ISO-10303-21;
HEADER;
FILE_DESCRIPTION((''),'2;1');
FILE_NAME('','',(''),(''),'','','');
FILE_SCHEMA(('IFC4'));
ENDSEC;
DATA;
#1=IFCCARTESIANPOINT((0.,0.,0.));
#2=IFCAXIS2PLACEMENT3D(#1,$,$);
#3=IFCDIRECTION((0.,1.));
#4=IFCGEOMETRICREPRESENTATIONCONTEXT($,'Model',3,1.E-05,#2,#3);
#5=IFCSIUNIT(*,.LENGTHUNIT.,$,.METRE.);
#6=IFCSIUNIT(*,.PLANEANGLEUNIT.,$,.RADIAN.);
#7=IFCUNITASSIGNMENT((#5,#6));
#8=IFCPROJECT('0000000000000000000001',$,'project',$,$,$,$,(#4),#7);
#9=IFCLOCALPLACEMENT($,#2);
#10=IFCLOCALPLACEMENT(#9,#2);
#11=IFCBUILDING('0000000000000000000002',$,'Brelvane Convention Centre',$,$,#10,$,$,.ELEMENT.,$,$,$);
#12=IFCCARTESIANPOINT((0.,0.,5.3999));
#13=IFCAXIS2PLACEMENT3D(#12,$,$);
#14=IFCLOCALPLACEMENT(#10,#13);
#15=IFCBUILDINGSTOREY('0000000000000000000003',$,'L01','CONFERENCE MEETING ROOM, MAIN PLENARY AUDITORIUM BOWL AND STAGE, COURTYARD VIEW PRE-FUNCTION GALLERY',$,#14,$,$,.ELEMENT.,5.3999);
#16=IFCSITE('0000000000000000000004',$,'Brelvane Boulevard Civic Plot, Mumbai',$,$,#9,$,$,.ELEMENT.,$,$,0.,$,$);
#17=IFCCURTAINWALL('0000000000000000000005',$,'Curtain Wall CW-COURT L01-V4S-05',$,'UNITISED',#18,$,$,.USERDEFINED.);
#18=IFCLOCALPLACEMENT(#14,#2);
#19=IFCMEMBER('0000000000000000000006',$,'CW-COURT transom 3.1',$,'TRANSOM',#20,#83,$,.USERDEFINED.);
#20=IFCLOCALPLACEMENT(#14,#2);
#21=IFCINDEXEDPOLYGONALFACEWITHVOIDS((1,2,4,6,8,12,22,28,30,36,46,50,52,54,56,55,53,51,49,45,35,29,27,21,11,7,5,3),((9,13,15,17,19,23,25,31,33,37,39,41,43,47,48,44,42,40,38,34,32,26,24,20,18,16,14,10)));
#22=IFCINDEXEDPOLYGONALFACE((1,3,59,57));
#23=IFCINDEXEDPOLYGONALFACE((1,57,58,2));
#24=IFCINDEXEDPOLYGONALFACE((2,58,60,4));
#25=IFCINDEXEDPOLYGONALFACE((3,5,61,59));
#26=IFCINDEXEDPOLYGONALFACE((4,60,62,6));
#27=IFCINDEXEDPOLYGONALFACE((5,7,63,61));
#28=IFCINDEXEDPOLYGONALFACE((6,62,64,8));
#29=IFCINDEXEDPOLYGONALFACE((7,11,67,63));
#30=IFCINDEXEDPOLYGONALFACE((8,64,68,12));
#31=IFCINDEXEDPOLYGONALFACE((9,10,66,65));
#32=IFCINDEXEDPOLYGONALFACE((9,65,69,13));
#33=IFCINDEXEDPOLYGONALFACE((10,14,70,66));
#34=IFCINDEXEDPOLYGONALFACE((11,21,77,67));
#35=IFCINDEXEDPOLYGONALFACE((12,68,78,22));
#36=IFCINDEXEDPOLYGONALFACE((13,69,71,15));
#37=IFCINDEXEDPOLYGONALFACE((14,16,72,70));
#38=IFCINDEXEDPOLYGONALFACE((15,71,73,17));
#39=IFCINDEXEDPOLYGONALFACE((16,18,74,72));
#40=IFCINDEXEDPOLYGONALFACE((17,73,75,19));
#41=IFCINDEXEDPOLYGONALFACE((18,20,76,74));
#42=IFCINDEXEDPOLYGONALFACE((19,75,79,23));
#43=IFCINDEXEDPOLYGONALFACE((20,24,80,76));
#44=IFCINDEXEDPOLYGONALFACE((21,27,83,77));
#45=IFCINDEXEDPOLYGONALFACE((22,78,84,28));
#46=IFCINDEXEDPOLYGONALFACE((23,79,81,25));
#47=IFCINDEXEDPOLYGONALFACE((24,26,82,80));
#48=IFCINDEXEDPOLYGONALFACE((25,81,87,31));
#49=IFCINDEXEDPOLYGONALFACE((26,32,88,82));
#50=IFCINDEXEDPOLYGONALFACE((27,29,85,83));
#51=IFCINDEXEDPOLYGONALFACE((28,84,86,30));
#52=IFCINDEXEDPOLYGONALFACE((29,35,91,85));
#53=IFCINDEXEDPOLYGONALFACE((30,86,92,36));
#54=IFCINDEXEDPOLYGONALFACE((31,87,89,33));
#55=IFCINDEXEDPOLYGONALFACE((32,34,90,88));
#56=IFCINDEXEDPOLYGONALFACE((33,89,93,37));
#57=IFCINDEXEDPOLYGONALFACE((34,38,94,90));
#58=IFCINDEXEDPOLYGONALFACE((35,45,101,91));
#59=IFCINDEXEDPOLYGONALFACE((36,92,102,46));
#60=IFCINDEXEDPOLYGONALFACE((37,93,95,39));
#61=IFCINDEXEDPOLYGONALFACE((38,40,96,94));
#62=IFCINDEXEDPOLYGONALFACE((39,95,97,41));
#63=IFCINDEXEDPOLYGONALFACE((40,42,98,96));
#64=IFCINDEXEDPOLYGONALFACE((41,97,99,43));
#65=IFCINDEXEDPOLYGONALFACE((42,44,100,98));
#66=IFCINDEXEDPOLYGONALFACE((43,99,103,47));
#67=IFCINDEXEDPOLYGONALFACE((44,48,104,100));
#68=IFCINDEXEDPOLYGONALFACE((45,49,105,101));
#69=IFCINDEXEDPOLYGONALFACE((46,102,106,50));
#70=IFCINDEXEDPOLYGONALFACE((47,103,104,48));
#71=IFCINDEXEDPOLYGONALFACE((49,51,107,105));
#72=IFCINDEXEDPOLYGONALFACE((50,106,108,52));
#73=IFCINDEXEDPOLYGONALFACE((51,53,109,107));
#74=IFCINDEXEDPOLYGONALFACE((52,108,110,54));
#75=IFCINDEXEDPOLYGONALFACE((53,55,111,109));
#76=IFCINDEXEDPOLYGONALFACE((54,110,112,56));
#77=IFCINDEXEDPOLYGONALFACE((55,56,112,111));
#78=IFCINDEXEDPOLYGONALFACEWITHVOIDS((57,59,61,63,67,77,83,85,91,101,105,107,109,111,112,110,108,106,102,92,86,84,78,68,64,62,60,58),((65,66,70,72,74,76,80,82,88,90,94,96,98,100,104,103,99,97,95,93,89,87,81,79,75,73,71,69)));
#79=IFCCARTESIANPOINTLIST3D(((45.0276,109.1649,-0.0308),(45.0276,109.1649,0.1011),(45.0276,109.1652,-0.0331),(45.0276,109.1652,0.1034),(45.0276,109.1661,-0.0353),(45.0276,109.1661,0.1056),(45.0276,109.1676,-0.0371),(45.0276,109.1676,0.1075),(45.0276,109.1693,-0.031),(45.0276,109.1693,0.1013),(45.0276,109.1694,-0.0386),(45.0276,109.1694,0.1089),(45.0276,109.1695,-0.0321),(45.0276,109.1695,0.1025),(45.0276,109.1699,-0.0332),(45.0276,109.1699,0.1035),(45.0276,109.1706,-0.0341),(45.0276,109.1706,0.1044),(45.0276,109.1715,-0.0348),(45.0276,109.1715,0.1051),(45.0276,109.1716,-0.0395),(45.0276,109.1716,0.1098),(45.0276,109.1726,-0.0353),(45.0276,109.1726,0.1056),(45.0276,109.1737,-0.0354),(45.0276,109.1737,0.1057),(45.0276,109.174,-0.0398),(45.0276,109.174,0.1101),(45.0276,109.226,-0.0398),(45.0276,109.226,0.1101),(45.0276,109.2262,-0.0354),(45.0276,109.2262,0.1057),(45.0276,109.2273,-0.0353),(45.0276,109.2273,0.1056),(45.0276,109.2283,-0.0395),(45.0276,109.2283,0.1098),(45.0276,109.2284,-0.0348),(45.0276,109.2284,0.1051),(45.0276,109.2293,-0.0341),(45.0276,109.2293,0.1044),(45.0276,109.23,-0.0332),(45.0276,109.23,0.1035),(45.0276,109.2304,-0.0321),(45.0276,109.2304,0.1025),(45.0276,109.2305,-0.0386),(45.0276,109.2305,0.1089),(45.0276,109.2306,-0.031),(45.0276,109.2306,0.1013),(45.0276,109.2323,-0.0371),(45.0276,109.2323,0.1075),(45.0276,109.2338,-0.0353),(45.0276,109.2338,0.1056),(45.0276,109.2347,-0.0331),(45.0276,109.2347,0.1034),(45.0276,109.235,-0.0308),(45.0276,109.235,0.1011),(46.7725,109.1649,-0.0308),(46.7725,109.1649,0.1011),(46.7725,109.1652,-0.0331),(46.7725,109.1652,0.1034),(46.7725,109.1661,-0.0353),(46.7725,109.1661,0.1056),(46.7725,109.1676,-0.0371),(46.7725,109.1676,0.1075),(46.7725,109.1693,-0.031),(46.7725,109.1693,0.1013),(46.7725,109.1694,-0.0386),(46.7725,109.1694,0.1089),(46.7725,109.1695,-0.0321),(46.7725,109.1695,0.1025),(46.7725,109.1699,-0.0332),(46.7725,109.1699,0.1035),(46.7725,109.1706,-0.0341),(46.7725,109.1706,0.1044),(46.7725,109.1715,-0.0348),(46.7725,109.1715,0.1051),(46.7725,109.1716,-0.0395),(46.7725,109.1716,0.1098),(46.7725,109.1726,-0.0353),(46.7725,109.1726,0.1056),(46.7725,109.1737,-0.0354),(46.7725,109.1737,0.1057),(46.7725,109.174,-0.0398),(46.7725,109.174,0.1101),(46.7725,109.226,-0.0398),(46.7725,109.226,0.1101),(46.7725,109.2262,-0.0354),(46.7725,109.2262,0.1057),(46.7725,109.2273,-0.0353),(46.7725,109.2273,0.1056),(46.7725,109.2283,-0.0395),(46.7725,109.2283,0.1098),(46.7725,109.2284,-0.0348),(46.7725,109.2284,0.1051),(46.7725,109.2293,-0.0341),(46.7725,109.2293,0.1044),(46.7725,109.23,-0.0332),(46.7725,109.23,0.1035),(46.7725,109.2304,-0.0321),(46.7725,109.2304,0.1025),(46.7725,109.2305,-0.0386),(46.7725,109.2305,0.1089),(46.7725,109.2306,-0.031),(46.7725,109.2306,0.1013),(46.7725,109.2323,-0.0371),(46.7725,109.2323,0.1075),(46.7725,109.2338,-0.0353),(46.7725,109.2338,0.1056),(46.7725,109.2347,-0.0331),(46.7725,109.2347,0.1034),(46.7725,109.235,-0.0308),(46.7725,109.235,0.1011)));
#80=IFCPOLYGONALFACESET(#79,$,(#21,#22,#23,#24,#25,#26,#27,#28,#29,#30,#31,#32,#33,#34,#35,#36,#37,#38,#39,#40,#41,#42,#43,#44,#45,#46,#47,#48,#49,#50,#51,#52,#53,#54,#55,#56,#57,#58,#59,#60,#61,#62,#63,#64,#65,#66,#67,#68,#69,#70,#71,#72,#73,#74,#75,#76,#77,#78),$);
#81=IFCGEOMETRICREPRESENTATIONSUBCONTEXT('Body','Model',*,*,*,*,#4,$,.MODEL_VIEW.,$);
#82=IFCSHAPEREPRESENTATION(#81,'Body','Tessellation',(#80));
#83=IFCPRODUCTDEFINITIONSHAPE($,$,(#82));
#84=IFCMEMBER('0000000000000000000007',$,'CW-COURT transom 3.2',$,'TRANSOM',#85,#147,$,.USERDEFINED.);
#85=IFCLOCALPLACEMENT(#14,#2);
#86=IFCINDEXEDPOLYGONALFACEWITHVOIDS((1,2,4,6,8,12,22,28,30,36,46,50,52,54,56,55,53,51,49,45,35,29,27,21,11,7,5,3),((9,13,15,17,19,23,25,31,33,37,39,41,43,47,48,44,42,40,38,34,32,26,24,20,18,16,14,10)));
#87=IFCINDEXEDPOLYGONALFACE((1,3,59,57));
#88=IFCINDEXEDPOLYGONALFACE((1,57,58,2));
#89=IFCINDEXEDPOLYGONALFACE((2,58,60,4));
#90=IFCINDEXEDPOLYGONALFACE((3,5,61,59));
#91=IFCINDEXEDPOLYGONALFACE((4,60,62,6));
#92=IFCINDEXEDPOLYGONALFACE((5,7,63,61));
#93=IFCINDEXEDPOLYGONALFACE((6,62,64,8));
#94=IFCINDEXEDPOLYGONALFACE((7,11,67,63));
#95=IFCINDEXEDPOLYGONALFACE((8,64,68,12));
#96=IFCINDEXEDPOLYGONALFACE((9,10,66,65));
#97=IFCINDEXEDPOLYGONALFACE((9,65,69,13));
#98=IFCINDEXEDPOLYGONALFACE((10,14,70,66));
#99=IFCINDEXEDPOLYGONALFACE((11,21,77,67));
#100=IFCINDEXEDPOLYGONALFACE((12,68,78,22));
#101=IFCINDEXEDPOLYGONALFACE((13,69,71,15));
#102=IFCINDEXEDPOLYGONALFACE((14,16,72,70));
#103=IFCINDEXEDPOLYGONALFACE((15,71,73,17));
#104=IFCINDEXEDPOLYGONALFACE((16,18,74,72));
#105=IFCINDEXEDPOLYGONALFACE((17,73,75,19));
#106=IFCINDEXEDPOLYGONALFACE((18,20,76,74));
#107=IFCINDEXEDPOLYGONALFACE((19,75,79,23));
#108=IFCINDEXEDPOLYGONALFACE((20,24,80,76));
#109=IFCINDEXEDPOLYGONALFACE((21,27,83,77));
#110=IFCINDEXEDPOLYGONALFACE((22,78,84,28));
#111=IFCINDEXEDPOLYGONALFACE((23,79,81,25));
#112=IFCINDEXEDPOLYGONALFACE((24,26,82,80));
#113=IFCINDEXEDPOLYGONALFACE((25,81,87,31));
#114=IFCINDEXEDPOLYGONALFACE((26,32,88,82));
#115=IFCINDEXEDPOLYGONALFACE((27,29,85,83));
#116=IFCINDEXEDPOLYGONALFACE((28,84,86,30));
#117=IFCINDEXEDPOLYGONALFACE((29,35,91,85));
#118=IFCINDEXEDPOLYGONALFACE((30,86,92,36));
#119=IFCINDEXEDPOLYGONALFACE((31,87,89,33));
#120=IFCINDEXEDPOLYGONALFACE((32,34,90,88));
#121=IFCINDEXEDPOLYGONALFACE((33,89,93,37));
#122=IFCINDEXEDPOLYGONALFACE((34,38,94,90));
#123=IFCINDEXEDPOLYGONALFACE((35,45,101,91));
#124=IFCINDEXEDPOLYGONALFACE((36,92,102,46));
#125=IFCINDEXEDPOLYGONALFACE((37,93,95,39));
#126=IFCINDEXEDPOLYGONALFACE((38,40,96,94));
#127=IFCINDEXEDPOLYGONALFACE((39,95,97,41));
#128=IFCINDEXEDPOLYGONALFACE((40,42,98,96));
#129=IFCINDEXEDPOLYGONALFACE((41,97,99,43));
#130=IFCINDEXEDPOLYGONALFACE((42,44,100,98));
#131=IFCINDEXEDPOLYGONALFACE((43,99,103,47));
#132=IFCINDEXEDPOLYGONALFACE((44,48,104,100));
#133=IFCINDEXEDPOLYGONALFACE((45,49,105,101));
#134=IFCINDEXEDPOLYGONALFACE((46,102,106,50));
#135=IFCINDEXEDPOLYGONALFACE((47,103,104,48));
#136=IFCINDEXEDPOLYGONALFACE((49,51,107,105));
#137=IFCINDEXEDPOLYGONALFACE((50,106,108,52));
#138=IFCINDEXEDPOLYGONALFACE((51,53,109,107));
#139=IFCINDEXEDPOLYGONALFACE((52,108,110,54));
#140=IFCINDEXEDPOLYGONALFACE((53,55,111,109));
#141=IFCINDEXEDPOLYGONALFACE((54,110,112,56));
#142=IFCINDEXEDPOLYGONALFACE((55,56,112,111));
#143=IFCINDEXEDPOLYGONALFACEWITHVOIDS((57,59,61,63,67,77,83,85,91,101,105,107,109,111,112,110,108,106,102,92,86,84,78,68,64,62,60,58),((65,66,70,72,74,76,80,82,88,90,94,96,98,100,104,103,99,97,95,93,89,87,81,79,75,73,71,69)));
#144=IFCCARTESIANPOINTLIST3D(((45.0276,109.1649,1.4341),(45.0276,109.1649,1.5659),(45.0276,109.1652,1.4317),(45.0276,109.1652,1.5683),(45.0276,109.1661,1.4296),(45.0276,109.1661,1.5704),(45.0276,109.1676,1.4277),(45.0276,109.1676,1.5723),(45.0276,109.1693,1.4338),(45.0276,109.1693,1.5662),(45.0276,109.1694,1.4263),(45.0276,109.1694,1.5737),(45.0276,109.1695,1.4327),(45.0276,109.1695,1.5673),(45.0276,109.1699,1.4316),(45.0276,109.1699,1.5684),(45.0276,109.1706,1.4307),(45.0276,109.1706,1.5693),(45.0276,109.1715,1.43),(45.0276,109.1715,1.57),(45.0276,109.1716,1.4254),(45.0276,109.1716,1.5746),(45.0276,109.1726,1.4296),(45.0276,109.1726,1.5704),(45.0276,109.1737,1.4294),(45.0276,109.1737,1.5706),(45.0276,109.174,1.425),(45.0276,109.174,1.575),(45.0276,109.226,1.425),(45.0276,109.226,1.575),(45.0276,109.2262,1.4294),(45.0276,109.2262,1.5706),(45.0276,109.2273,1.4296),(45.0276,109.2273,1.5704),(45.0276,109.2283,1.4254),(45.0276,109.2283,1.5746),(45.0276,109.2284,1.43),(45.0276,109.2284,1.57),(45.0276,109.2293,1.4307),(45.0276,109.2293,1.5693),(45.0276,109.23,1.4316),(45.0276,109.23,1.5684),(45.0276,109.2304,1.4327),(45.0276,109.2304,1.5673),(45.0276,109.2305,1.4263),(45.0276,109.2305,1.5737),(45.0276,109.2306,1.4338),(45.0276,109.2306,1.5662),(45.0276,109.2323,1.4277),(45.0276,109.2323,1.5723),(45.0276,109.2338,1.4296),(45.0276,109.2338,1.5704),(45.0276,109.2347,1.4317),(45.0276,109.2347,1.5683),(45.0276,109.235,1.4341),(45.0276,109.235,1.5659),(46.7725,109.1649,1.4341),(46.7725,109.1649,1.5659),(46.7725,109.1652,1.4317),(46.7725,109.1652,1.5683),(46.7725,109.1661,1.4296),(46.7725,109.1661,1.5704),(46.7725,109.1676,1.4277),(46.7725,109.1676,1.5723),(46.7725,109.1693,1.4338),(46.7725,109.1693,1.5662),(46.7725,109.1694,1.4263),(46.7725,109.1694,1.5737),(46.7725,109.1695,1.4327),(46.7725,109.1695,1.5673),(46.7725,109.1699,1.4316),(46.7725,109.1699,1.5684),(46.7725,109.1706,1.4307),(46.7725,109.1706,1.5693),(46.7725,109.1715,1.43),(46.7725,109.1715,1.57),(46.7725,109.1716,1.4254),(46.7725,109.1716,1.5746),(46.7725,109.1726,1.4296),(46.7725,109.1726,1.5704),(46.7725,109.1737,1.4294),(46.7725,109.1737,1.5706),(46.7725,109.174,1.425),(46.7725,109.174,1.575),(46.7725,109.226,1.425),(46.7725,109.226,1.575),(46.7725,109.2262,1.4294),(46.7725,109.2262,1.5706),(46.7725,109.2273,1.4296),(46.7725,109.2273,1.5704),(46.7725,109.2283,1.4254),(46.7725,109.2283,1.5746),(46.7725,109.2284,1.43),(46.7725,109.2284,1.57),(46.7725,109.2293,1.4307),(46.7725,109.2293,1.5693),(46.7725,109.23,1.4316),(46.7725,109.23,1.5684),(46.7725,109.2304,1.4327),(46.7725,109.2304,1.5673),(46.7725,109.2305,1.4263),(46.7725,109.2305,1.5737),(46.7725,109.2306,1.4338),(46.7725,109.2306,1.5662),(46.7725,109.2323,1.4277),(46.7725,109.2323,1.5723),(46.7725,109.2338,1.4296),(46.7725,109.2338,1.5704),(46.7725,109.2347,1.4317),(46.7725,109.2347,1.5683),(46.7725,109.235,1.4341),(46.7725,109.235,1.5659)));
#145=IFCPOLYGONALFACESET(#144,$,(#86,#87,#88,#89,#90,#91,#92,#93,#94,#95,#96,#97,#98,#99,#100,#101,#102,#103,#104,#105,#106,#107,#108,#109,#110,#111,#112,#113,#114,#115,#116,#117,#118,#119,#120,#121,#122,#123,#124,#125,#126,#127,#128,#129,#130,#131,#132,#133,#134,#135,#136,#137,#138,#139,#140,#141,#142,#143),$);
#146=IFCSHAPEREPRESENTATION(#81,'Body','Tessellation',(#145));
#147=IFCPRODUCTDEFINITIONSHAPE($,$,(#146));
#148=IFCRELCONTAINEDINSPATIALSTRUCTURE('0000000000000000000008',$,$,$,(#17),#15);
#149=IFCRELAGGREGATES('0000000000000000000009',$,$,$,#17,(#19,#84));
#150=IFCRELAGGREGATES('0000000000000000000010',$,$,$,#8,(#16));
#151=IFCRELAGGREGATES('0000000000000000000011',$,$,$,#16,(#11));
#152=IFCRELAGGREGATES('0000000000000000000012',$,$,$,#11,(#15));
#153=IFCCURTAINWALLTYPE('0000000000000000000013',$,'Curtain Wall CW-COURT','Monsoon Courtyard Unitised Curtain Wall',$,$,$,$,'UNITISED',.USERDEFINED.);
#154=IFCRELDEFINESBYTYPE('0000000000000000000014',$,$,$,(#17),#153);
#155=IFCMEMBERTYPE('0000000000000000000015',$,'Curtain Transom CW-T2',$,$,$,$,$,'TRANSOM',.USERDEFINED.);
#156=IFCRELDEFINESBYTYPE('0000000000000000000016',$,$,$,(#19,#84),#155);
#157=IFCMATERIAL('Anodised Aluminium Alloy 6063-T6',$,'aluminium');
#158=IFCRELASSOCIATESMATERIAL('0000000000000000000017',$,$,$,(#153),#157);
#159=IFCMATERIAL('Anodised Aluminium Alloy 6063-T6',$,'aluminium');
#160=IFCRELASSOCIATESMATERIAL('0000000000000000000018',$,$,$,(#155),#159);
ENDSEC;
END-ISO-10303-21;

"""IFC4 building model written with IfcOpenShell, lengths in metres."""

from ifc_helpers import new_model, si_unit, direction, frame, origin, origin_2d, place, context, subcontext, project, spatial, hollow_rectangle, extrude, material, material_profile, profile_set, type_object, element, aggregate, save


model = new_model("IFC4")

# Units and contexts
model_context = context("Model", 3, precision=1e-05, world=origin(), true_north=direction((0.0, 1.0)))
body_context = subcontext(model_context, "Body", "Model", "MODEL_VIEW")
ifc_project = project(units=[si_unit("LENGTHUNIT", "METRE"), si_unit("PLANEANGLEUNIT", "RADIAN")], contexts=[model_context])

# Site, building, storey
site_placement = place(None, origin())
site = spatial("IfcSite", under=ifc_project, at=site_placement, Name="Brelvane Boulevard Civic Plot, Mumbai", CompositionType="ELEMENT", RefElevation=0.0)
building_placement = place(site_placement, origin())
building = spatial("IfcBuilding", under=site, at=building_placement, Name="Brelvane Convention Centre", CompositionType="ELEMENT")
storey_placement = place(building_placement, frame((0.0, 0.0, 5.3999)))
storey = spatial("IfcBuildingStorey", under=building, at=storey_placement, Name="L01", Description="CONFERENCE MEETING ROOM, MAIN PLENARY AUDITORIUM BOWL AND STAGE, COURTYARD VIEW PRE-FUNCTION GALLERY", CompositionType="ELEMENT", Elevation=5.3999)

# Curtain wall, members
ifc_material_1 = material(Name="Anodised Aluminium Alloy 6063-T6", Category="aluminium")
curtain_wall_type = type_object("IfcCurtainWallType", Name="Curtain Wall CW-COURT", Description="Monsoon Courtyard Unitised Curtain Wall", ElementType="UNITISED", PredefinedType="USERDEFINED", material=ifc_material_1)
curtain_wall_placement = place(storey_placement, origin())
curtain_wall = element("IfcCurtainWall", 1, at=curtain_wall_placement, inside=storey, type_object=curtain_wall_type, Name="Curtain Wall CW-COURT L01-V4S-05", ObjectType="UNITISED", PredefinedType="USERDEFINED")
ifc_material_2 = material(Name="Anodised Aluminium Alloy 6063-T6", Category="aluminium")
ifc_material_profile_1 = material_profile(ifc_material_2, hollow_rectangle(XDim=0.0701, YDim=0.1499, WallThickness=0.0044, InnerFilletRadius=0.0044, OuterFilletRadius=0.009, at=origin_2d()), Name="ALU-T 150x70x4.5")
ifc_profile_set_1 = profile_set([ifc_material_profile_1], Name="Anodised Aluminium Alloy 6063-T6")
member_type_1 = type_object("IfcMemberType", Name="Curtain Transom CW-T2", ElementType="TRANSOM", PredefinedType="USERDEFINED", material=ifc_profile_set_1)
member_1_placement = place(storey_placement, frame((45.0276, 109.2, 0.0352), z_axis=(1.0, 0.0, 0.0), x_axis=(0.0, 1.0, 0.0)))
member_1 = element("IfcMember", 2, at=member_1_placement, type_object=member_type_1, Name="CW-COURT transom 3.1", ObjectType="TRANSOM", PredefinedType="USERDEFINED", context=body_context, shape_type="SweptSolid", body=[
    extrude(hollow_rectangle(XDim=0.0701, YDim=0.1499, WallThickness=0.0044, InnerFilletRadius=0.0044, OuterFilletRadius=0.009, at=origin_2d()), origin(), (0.0, 0.0, 1.0), 1.7449),
])
member_2_placement = place(storey_placement, frame((45.0276, 109.2, 1.5), z_axis=(1.0, 0.0, 0.0), x_axis=(0.0, 1.0, 0.0)))
member_2 = element("IfcMember", 3, at=member_2_placement, type_object=member_type_1, Name="CW-COURT transom 3.2", ObjectType="TRANSOM", PredefinedType="USERDEFINED", context=body_context, shape_type="SweptSolid", body=[
    extrude(hollow_rectangle(XDim=0.0701, YDim=0.1499, WallThickness=0.0044, InnerFilletRadius=0.0044, OuterFilletRadius=0.009, at=origin_2d()), origin(), (0.0, 0.0, 1.0), 1.7449),
])

aggregate(curtain_wall, [member_1, member_2])

save(model, "model.ifc")
